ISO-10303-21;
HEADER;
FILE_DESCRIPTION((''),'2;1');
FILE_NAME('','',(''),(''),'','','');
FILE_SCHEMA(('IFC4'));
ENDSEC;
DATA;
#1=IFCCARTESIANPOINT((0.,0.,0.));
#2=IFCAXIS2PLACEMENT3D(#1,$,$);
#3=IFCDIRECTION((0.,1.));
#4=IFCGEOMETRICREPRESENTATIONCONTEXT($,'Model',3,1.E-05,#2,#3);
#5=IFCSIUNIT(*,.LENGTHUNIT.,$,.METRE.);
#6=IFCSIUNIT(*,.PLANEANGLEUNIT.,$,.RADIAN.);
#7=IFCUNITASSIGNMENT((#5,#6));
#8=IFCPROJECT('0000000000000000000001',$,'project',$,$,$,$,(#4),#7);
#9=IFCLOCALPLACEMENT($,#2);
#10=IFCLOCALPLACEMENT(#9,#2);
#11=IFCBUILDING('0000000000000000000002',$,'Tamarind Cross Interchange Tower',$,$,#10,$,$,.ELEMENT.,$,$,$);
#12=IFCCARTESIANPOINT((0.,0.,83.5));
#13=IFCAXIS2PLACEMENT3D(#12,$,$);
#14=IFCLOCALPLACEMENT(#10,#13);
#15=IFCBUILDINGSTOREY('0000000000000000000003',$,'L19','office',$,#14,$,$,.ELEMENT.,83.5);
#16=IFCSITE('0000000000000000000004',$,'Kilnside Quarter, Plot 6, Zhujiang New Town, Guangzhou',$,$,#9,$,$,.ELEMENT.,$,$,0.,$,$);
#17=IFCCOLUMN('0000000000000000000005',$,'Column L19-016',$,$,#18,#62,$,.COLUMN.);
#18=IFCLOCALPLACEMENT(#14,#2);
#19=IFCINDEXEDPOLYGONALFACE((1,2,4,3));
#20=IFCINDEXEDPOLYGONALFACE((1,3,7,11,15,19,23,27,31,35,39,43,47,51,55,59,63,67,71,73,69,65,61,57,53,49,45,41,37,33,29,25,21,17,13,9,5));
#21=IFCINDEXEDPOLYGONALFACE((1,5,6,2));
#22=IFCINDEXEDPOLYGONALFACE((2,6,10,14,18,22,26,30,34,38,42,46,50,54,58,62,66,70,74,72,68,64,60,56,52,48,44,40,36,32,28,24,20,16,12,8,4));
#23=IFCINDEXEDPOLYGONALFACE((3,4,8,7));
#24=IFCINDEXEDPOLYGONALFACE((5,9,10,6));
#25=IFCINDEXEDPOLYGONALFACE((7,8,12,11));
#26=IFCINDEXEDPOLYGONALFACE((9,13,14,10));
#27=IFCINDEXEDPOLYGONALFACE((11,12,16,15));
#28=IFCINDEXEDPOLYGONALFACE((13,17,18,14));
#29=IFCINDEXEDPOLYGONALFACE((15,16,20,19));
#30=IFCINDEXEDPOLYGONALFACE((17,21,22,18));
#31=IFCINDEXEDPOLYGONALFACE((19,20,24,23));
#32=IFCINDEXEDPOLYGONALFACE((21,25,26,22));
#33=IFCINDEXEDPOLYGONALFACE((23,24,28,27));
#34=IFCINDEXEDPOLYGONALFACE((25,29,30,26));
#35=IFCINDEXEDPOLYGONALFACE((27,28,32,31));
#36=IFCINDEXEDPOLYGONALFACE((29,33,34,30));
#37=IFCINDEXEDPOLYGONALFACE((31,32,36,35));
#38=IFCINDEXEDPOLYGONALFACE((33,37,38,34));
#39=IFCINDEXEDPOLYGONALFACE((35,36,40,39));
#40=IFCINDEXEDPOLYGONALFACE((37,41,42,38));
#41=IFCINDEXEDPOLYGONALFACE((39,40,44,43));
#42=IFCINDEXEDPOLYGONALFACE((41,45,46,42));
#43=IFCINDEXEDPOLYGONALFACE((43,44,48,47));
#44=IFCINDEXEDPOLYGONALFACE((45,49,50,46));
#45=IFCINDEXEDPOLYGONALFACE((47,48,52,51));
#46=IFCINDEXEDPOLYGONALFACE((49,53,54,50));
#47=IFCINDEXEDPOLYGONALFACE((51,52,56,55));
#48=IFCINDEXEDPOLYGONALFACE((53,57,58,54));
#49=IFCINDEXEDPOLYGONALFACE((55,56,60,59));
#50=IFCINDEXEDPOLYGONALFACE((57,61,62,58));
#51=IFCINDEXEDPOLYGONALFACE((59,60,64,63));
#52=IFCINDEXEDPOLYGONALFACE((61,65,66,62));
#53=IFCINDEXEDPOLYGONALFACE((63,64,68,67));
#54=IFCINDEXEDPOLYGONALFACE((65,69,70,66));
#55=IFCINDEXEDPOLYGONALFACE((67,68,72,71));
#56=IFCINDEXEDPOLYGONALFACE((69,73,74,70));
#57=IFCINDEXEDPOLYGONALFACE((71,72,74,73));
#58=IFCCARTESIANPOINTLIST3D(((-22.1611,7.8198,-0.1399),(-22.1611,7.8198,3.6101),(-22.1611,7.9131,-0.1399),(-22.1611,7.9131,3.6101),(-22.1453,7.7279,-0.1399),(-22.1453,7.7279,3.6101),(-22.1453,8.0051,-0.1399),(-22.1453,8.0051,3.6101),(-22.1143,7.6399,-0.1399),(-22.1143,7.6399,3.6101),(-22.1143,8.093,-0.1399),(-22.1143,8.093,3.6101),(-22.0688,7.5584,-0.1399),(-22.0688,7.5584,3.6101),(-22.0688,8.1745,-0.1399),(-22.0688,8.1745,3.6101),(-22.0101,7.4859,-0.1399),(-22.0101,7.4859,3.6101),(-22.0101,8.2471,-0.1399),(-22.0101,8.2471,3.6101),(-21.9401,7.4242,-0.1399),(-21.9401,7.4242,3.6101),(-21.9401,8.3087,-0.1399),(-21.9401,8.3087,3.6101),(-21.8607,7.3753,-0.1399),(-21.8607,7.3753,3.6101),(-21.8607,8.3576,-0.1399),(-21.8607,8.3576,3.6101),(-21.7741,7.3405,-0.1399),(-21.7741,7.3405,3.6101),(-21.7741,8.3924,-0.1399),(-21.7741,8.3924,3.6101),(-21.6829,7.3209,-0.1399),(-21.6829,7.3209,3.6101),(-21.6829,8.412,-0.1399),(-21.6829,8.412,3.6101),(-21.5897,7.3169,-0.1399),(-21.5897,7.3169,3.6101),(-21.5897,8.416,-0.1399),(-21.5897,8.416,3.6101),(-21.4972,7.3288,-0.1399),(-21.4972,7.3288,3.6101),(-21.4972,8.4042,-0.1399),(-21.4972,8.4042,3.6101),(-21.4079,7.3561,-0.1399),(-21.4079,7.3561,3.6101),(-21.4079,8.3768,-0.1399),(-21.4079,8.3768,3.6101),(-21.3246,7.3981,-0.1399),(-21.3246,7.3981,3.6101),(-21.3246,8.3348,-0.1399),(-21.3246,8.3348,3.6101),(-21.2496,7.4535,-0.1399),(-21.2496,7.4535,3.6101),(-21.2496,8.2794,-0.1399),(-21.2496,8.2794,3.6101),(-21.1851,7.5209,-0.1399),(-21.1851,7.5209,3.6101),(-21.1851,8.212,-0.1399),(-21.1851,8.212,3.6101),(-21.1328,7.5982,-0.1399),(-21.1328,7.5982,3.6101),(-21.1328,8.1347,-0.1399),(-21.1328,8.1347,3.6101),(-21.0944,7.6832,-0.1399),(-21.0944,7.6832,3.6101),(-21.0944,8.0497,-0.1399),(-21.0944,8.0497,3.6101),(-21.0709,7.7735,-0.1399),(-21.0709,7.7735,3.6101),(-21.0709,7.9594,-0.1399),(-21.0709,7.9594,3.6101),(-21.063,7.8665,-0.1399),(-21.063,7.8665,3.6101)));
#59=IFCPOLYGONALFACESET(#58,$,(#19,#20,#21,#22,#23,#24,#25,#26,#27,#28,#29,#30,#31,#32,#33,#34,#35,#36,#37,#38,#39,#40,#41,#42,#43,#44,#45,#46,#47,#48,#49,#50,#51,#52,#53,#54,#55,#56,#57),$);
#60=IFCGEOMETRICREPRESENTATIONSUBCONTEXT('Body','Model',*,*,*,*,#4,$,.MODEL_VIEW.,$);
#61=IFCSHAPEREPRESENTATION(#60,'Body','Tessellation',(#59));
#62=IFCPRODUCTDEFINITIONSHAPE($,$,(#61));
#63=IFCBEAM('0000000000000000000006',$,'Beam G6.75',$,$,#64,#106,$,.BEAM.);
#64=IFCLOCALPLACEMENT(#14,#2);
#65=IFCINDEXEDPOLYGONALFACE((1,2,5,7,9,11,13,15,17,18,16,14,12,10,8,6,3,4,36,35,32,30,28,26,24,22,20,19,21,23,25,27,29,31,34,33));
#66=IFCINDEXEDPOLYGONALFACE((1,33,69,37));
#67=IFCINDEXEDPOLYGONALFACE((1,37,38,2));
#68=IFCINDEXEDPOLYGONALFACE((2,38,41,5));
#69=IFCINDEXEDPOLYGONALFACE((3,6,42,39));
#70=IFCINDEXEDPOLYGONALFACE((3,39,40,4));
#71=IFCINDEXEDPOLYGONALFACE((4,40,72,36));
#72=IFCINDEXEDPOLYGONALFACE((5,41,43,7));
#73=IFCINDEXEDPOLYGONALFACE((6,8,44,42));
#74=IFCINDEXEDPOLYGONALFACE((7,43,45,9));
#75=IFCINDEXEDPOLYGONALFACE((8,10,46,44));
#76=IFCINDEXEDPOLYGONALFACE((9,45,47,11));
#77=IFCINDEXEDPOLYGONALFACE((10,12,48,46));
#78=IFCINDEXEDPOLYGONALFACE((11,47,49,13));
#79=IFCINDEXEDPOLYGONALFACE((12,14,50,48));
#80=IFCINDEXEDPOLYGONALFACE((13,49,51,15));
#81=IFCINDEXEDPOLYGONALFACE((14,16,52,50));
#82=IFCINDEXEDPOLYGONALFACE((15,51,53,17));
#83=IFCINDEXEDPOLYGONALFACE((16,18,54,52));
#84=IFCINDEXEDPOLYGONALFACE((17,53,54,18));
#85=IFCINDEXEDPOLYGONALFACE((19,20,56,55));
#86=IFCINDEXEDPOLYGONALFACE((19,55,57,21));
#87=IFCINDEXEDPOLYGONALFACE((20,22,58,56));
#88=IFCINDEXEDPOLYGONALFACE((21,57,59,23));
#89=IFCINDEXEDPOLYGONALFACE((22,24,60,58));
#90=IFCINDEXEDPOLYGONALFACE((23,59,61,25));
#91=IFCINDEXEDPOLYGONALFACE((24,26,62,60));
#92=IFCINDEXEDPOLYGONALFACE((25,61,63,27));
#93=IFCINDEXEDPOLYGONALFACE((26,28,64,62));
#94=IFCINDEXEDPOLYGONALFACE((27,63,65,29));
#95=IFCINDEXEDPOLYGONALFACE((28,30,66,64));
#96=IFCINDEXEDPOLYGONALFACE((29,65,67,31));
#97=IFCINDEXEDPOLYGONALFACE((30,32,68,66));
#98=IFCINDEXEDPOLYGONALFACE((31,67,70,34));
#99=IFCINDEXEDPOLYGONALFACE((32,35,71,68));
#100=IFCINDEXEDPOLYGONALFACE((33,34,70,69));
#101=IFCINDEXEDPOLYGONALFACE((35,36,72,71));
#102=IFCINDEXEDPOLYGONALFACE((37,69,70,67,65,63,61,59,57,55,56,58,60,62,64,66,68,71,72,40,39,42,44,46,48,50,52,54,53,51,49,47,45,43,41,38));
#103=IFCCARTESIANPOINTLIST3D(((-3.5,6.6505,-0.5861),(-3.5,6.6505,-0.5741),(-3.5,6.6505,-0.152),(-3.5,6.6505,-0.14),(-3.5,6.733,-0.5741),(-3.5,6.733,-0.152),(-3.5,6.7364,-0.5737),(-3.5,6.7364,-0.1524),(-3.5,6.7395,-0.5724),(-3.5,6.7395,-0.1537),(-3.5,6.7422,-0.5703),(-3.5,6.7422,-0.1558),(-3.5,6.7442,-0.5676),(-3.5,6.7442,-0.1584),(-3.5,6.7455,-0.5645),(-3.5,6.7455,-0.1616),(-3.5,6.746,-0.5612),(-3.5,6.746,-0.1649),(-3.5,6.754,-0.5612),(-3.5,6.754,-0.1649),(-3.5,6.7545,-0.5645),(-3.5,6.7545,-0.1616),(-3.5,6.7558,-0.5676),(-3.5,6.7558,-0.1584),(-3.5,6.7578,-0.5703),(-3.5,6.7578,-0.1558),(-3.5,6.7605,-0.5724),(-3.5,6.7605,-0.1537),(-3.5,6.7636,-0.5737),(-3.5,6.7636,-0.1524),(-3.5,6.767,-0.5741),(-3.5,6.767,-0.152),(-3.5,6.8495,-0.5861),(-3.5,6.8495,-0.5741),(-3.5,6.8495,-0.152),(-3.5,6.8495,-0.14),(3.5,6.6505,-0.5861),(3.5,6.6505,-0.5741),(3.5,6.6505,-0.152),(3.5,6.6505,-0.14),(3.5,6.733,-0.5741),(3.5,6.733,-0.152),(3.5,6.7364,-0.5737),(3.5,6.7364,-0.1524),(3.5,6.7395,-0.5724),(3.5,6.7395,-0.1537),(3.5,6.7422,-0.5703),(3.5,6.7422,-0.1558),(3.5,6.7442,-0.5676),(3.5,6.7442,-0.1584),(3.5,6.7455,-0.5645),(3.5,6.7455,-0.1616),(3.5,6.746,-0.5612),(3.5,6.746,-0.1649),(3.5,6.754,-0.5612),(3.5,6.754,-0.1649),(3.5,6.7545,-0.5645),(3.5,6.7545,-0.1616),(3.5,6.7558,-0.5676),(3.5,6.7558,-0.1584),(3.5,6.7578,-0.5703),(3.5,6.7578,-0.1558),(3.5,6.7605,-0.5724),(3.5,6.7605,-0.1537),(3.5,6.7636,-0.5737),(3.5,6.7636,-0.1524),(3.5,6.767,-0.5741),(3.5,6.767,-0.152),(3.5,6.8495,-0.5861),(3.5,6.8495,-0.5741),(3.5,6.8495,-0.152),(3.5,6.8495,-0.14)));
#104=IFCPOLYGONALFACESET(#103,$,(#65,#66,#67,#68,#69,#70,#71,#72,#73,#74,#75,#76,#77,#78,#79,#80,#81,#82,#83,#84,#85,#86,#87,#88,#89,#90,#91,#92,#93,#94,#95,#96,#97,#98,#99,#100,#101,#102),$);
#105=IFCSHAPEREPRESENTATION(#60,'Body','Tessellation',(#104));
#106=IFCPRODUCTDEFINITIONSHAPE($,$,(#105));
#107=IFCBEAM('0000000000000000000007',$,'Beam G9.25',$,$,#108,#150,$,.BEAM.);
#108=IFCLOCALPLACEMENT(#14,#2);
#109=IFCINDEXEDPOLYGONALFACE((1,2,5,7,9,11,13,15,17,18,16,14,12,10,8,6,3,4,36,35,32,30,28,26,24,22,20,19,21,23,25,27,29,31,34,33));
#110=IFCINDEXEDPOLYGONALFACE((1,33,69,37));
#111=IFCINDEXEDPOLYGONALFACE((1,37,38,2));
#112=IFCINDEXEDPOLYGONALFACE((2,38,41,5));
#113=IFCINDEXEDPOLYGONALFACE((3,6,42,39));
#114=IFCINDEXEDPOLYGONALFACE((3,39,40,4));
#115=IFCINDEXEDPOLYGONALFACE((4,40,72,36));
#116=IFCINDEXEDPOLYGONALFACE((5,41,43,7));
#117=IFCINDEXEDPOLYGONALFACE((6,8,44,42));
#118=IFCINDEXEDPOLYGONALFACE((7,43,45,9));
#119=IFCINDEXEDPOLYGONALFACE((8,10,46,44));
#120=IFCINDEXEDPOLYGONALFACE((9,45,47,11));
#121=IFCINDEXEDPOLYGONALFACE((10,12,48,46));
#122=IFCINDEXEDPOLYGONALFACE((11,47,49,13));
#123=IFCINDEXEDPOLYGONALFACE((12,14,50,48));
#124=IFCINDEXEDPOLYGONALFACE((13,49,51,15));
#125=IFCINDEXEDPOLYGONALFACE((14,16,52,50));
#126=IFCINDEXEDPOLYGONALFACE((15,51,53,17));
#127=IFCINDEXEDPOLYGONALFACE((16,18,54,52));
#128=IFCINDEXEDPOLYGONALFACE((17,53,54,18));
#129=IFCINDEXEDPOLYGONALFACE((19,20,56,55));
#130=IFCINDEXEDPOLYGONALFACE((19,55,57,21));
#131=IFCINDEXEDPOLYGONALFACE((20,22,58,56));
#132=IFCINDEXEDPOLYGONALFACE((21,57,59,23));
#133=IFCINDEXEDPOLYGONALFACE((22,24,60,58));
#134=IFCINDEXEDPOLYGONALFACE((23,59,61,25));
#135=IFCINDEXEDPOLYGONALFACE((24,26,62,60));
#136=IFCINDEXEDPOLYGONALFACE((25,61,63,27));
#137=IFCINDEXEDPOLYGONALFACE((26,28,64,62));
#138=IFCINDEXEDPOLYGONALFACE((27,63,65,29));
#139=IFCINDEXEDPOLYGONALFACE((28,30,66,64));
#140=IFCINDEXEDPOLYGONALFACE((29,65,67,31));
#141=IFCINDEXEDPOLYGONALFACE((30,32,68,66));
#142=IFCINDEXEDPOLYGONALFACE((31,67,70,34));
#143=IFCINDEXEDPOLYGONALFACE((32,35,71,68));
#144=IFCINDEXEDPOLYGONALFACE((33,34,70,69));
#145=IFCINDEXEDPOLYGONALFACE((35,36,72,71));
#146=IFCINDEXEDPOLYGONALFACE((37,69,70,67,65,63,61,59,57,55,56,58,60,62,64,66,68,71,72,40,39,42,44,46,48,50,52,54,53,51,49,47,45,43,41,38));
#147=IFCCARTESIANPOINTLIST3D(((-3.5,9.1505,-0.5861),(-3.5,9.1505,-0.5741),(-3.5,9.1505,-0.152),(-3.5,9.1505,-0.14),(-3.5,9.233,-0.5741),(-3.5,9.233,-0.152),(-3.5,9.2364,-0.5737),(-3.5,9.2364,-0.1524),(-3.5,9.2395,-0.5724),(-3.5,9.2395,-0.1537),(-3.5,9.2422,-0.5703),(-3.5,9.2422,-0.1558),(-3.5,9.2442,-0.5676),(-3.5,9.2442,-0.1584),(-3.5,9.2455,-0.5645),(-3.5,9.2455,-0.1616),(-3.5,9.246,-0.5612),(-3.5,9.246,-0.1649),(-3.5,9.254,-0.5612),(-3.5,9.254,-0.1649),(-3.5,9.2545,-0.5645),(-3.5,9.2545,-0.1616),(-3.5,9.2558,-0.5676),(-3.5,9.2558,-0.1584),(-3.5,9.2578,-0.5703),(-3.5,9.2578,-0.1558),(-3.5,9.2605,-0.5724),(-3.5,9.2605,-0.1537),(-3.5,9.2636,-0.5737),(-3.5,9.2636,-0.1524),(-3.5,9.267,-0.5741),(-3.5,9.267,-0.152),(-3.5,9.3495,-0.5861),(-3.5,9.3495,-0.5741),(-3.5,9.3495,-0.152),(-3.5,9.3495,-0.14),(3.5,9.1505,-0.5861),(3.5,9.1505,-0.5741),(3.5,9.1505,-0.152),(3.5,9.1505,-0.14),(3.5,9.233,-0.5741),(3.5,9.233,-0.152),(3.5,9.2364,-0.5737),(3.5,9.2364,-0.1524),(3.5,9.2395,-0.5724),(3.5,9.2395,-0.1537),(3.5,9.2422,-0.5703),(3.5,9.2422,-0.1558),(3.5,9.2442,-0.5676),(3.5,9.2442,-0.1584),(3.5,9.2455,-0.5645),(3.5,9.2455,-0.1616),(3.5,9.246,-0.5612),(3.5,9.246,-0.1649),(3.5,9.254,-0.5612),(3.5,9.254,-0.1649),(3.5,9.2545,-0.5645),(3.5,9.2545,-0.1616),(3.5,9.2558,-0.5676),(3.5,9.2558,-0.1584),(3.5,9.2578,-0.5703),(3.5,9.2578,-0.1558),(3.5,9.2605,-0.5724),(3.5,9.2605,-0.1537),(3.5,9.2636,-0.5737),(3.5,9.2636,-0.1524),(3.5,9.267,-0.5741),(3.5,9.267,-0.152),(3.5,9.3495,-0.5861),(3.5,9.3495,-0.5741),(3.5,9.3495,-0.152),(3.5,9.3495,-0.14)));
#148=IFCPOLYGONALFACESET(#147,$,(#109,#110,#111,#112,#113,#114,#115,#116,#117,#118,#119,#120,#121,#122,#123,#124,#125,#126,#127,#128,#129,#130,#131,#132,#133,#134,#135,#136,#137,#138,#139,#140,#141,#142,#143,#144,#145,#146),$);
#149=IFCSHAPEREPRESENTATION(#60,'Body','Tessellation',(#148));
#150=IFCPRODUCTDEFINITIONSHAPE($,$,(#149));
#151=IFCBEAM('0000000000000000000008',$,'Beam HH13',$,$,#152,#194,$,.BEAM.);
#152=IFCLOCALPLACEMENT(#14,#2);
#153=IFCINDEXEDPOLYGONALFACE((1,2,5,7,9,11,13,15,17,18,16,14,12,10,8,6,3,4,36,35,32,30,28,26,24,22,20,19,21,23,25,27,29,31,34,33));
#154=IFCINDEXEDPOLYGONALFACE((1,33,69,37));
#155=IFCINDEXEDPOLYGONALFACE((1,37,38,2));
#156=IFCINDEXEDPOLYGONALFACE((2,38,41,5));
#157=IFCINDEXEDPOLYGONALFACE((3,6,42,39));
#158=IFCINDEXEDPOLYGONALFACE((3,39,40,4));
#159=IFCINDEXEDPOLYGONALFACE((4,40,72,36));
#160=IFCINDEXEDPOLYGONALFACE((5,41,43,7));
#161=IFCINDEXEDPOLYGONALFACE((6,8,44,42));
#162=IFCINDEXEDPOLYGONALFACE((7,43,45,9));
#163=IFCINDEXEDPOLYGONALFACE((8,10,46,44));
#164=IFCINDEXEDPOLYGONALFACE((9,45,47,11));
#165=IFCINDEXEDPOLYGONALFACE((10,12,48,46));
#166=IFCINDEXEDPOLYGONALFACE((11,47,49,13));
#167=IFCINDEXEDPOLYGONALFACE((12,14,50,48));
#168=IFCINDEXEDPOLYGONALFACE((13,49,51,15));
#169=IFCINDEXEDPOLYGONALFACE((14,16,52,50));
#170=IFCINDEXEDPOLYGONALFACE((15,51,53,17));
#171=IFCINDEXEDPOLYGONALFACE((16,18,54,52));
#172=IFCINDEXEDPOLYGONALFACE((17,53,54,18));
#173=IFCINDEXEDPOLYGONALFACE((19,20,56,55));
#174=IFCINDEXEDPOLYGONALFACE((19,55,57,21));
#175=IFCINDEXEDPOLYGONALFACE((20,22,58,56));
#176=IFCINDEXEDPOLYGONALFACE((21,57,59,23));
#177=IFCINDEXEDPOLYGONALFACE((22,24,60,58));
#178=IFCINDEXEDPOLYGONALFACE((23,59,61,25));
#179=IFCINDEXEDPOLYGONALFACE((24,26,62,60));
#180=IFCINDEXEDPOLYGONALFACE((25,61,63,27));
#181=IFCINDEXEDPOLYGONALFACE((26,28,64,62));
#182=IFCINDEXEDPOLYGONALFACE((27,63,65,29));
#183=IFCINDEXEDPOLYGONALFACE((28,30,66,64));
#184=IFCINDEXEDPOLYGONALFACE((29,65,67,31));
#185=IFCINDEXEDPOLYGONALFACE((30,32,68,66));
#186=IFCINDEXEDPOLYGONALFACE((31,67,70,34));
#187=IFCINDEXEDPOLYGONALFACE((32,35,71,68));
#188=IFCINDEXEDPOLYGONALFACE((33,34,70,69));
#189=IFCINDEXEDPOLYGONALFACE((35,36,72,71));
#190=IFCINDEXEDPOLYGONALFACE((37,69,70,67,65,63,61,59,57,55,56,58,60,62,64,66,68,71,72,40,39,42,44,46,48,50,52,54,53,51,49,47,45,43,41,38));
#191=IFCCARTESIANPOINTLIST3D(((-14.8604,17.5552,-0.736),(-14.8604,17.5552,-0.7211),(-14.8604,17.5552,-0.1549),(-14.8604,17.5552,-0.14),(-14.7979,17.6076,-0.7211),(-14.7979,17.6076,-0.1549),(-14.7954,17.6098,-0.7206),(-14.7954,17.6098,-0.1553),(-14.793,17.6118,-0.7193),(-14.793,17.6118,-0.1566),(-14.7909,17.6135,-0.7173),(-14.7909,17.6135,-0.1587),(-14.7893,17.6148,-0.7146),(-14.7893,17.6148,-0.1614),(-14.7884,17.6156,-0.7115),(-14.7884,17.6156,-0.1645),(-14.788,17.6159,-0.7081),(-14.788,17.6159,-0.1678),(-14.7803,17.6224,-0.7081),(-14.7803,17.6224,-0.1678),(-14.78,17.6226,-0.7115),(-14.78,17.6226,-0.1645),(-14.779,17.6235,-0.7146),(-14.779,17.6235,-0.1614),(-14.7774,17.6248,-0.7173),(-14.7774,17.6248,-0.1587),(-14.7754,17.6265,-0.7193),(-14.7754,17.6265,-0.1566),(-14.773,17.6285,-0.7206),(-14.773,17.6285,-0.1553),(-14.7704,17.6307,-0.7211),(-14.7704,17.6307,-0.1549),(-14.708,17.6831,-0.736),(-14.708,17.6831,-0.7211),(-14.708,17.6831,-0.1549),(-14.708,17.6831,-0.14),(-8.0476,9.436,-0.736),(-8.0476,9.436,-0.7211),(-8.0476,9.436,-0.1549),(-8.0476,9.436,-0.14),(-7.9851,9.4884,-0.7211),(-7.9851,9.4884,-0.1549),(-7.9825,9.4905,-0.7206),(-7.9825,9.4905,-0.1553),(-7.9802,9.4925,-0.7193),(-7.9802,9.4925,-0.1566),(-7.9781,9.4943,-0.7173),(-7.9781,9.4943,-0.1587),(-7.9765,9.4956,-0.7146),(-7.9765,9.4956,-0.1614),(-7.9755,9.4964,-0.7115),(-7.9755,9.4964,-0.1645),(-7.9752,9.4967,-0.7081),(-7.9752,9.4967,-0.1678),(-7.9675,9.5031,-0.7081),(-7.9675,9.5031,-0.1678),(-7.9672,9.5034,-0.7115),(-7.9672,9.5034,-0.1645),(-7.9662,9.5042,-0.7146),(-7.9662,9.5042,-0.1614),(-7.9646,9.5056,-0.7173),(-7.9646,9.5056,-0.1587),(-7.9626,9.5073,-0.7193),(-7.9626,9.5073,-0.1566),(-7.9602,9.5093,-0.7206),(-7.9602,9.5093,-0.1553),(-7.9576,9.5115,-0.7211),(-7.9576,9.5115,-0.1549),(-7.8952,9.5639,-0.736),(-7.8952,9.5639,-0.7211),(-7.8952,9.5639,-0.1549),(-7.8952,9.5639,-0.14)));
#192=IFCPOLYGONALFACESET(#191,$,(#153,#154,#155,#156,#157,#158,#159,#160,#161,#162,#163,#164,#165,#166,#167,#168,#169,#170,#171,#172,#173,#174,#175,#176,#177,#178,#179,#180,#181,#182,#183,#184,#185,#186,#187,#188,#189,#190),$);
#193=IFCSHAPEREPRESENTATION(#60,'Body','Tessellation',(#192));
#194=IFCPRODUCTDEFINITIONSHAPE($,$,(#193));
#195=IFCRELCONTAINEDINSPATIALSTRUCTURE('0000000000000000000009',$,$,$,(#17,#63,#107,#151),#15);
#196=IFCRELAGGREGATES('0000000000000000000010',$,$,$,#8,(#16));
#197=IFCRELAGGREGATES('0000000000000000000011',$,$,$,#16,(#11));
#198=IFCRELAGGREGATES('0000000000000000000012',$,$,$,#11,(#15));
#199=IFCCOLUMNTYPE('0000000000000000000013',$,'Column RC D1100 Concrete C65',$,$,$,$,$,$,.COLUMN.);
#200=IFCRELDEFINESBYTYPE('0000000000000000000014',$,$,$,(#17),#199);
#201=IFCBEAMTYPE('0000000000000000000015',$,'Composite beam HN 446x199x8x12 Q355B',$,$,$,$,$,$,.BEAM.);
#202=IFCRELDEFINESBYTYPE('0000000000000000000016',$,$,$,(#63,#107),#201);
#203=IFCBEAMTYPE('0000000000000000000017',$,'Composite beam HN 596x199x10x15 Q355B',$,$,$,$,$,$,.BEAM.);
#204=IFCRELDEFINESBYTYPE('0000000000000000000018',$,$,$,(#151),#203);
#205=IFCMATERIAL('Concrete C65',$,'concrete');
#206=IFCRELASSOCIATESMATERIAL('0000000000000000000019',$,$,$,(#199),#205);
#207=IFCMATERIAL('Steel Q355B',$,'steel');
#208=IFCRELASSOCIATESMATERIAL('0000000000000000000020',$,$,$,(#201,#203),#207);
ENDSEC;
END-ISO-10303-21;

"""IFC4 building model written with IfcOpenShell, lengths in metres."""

from ifc_helpers import new_model, si_unit, direction, frame, origin, origin_2d, place, context, subcontext, project, spatial, circle, i_section, extrude, material, material_profile, profile_set, type_object, element, save


model = new_model("IFC4")

# Units and contexts
model_context = context("Model", 3, precision=1e-05, world=origin(), true_north=direction((0.0, 1.0)))
body_context = subcontext(model_context, "Body", "Model", "MODEL_VIEW")
ifc_project = project(units=[si_unit("LENGTHUNIT", "METRE"), si_unit("PLANEANGLEUNIT", "RADIAN")], contexts=[model_context])

# Site, building, storey
site_placement = place(None, origin())
site = spatial("IfcSite", under=ifc_project, at=site_placement, Name="Kilnside Quarter, Plot 6, Zhujiang New Town, Guangzhou", CompositionType="ELEMENT", RefElevation=0.0)
building_placement = place(site_placement, origin())
building = spatial("IfcBuilding", under=site, at=building_placement, Name="Tamarind Cross Interchange Tower", CompositionType="ELEMENT")
storey_placement = place(building_placement, frame((0.0, 0.0, 83.5)))
storey = spatial("IfcBuildingStorey", under=building, at=storey_placement, Name="L19", Description="office", CompositionType="ELEMENT", Elevation=83.5)

# Column
ifc_material_1 = material(Name="Concrete C65", Category="concrete")
ifc_material_profile_1 = material_profile(ifc_material_1, circle(Radius=0.55, at=origin_2d()), Name="RC D1100")
ifc_profile_set_1 = profile_set([ifc_material_profile_1], Name="Concrete C65")
column_type = type_object("IfcColumnType", Name="Column RC D1100 Concrete C65", PredefinedType="COLUMN", material=ifc_profile_set_1)
for number, where, z_axis, x_axis, name in (
    (1, (-21.613, 7.8665, -0.1399), (0.0, 0.0, 1.0), (1.0, 0.0, 0.0), "Column L19-016"),
):
    element("IfcColumn", number, at=place(storey_placement, frame(where, z_axis=z_axis, x_axis=x_axis)), inside=storey, type_object=column_type, Name=name, PredefinedType="COLUMN", context=body_context, shape_type="SweptSolid", body=[
        extrude(circle(Radius=0.55, at=origin_2d()), origin(), (0.0, 0.0, 1.0), 3.75),
    ])

# Beams
ifc_material_2 = material(Name="Steel Q355B", Category="steel")
ifc_material_profile_2 = material_profile(ifc_material_2, i_section(OverallWidth=0.199, OverallDepth=0.446, WebThickness=0.0081, FlangeThickness=0.012, FilletRadius=0.0129, at=origin_2d()), Name="HN 446x199x8x12")
ifc_profile_set_2 = profile_set([ifc_material_profile_2], Name="Steel Q355B")
beam_type_1 = type_object("IfcBeamType", Name="Composite beam HN 446x199x8x12 Q355B", PredefinedType="BEAM", material=ifc_profile_set_2)
for number, where, z_axis, x_axis, name in (
    (2, (-3.5, 6.75, -0.363), (1.0, 0.0, 0.0), (0.0, 1.0, 0.0), "Beam G6.75"),
    (3, (-3.5, 9.25, -0.363), (1.0, 0.0, 0.0), (0.0, 1.0, 0.0), "Beam G9.25"),
):
    element("IfcBeam", number, at=place(storey_placement, frame(where, z_axis=z_axis, x_axis=x_axis)), inside=storey, type_object=beam_type_1, Name=name, PredefinedType="BEAM", context=body_context, shape_type="SweptSolid", body=[
        extrude(i_section(OverallWidth=0.199, OverallDepth=0.446, WebThickness=0.0081, FlangeThickness=0.012, FilletRadius=0.0129, at=origin_2d()), origin(), (0.0, 0.0, 1.0), 7.0),
    ])
ifc_material_profile_3 = material_profile(ifc_material_2, i_section(OverallWidth=0.199, OverallDepth=0.5959, WebThickness=0.01, FlangeThickness=0.0149, FilletRadius=0.0129, at=origin_2d()), Name="HN 596x199x10x15")
ifc_profile_set_3 = profile_set([ifc_material_profile_3], Name="Steel Q355B")
beam_type_2 = type_object("IfcBeamType", Name="Composite beam HN 596x199x10x15 Q355B", PredefinedType="BEAM", material=ifc_profile_set_3)
beam_1_placement = place(storey_placement, frame((-14.7842, 17.6191, -0.438), z_axis=(0.642786, -0.766046, 0.0), x_axis=(0.766046, 0.642786, 0.0)))
element("IfcBeam", 4, at=beam_1_placement, inside=storey, type_object=beam_type_2, Name="Beam HH13", PredefinedType="BEAM", context=body_context, shape_type="SweptSolid", body=[
    extrude(i_section(OverallWidth=0.199, OverallDepth=0.5959, WebThickness=0.01, FlangeThickness=0.0149, FilletRadius=0.0129, at=origin_2d()), origin(), (0.0, 0.0, 1.0), 10.5989),
])

save(model, "model.ifc")
